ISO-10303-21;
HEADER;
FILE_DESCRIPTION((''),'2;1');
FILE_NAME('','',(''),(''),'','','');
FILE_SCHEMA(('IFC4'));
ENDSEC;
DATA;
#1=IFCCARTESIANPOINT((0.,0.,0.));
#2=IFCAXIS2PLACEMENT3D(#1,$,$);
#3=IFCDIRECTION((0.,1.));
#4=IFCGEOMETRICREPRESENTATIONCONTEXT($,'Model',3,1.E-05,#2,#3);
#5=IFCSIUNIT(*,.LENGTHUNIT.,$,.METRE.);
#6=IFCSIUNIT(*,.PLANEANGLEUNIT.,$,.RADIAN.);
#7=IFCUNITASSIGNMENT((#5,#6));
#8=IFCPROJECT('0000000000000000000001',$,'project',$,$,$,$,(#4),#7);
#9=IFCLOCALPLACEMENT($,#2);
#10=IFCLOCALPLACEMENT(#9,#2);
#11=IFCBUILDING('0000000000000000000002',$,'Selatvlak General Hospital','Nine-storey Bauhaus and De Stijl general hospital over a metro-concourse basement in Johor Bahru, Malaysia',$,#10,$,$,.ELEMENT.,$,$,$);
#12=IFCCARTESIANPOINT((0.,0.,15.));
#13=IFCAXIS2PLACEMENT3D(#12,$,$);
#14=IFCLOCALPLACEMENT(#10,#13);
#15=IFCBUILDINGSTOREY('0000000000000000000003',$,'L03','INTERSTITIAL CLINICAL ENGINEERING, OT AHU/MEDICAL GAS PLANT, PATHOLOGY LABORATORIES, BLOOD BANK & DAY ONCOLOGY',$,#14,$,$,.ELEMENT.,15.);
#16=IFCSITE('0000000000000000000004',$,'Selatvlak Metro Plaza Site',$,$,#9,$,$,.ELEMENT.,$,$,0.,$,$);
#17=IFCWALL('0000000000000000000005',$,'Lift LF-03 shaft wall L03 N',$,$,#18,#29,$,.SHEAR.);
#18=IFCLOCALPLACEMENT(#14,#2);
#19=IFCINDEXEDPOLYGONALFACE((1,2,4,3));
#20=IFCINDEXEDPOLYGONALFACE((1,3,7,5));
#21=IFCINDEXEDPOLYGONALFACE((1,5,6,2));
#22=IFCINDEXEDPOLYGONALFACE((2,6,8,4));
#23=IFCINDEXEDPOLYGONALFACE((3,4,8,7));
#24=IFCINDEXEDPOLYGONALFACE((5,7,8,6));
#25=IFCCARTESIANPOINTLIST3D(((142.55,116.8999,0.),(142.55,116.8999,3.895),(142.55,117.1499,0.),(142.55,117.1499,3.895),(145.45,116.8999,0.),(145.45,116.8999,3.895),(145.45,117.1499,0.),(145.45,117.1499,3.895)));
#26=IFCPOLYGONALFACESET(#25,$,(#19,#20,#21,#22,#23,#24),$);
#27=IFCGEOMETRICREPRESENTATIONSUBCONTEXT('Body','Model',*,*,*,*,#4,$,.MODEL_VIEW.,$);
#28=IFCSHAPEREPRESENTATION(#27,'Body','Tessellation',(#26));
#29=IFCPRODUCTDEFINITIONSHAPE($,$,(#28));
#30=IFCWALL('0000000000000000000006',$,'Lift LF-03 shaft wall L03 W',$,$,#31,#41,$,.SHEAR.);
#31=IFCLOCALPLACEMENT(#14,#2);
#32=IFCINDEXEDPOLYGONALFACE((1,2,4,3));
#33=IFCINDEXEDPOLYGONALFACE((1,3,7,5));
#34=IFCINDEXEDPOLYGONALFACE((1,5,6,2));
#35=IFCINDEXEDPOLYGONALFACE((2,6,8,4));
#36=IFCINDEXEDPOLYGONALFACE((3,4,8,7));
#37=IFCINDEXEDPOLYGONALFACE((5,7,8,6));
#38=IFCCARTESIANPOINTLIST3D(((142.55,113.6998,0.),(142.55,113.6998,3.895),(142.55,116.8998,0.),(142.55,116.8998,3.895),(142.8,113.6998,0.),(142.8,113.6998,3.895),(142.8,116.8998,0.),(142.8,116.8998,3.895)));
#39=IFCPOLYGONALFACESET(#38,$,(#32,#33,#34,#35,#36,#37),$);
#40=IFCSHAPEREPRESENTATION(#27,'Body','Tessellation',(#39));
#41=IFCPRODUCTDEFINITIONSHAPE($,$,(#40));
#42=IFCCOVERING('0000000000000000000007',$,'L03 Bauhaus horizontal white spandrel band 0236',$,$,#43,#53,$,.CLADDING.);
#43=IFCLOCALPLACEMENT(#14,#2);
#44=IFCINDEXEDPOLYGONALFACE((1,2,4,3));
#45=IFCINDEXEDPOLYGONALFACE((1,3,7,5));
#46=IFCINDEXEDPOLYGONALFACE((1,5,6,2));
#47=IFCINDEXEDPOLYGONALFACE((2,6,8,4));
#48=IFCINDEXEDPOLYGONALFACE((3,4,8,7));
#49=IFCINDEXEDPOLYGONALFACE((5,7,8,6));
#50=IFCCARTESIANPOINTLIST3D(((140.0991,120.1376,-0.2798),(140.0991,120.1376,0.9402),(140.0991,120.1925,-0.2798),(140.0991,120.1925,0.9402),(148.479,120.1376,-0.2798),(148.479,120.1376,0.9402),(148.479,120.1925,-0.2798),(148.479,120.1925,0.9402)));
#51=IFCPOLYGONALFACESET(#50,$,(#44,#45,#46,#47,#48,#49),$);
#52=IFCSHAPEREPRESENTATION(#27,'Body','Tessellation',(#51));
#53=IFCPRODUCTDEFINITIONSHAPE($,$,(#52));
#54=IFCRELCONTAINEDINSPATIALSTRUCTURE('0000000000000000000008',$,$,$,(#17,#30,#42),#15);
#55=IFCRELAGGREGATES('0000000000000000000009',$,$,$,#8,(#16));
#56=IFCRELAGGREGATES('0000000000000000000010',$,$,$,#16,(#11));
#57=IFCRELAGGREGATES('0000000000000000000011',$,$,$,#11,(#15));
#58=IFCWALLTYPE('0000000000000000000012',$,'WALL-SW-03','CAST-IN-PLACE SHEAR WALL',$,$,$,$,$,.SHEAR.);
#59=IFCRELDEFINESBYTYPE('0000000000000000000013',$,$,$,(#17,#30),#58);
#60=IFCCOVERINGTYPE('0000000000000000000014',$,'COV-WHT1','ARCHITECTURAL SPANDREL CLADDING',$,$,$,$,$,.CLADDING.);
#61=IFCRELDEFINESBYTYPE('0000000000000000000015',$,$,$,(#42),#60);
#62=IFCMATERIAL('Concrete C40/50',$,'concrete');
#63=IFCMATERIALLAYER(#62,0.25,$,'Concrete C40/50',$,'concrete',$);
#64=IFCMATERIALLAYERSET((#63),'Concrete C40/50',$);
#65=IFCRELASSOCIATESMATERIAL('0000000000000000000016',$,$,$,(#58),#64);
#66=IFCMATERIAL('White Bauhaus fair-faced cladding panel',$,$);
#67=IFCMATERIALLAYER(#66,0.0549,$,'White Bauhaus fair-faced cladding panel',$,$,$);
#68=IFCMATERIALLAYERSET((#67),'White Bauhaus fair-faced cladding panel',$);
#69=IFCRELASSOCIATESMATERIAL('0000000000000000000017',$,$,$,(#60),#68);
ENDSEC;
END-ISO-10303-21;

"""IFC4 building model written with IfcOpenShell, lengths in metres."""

from ifc_helpers import new_model, si_unit, direction, frame, frame_2d, origin, origin_2d, place, context, subcontext, project, spatial, rectangle, extrude, material, layer, layer_set, type_object, element, save


model = new_model("IFC4")

# Units and contexts
model_context = context("Model", 3, precision=1e-05, world=origin(), true_north=direction((0.0, 1.0)))
body_context = subcontext(model_context, "Body", "Model", "MODEL_VIEW")
ifc_project = project(units=[si_unit("LENGTHUNIT", "METRE"), si_unit("PLANEANGLEUNIT", "RADIAN")], contexts=[model_context])

# Site, building, storey
site_placement = place(None, origin())
site = spatial("IfcSite", under=ifc_project, at=site_placement, Name="Selatvlak Metro Plaza Site", CompositionType="ELEMENT", RefElevation=0.0)
building_placement = place(site_placement, origin())
building = spatial("IfcBuilding", under=site, at=building_placement, Name="Selatvlak General Hospital", Description="Nine-storey Bauhaus and De Stijl general hospital over a metro-concourse basement in Johor Bahru, Malaysia", CompositionType="ELEMENT")
storey_placement = place(building_placement, frame((0.0, 0.0, 15.0)))
storey = spatial("IfcBuildingStorey", under=building, at=storey_placement, Name="L03", Description="INTERSTITIAL CLINICAL ENGINEERING, OT AHU/MEDICAL GAS PLANT, PATHOLOGY LABORATORIES, BLOOD BANK & DAY ONCOLOGY", CompositionType="ELEMENT", Elevation=15.0)

# Shared definitions
ifc_material_1 = material(Name="Concrete C40/50", Category="concrete")

# Shared definitions
ifc_layer_1 = layer(ifc_material_1, 0.25, Name="Concrete C40/50", Category="concrete")
ifc_layer_set_1 = layer_set([ifc_layer_1], Name="Concrete C40/50")
wall_type_1 = type_object("IfcWallType", Name="WALL-SW-03", Description="CAST-IN-PLACE SHEAR WALL", PredefinedType="SHEAR", material=ifc_layer_set_1)

# Walls
wall_1_placement = place(storey_placement, frame((145.45, 117.0249, 0.0), z_axis=(0.0, 0.0, 1.0), x_axis=(-1.0, 0.0, 0.0)))
element("IfcWall", 1, at=wall_1_placement, inside=storey, type_object=wall_type_1, Name="Lift LF-03 shaft wall L03 N", PredefinedType="SHEAR", context=body_context, shape_type="SweptSolid", body=[
    extrude(rectangle(XDim=2.8999, YDim=0.25, at=frame_2d((1.45, 0.0))), origin(), (0.0, 0.0, 1.0), 3.895),
])
wall_2_placement = place(storey_placement, frame((142.675, 116.8999, 0.0), z_axis=(0.0, 0.0, 1.0), x_axis=(0.0, -1.0, 0.0)))
element("IfcWall", 2, at=wall_2_placement, inside=storey, type_object=wall_type_1, Name="Lift LF-03 shaft wall L03 W", PredefinedType="SHEAR", context=body_context, shape_type="SweptSolid", body=[
    extrude(rectangle(XDim=3.2, YDim=0.25, at=frame_2d((1.6001, 0.0))), origin(), (0.0, 0.0, 1.0), 3.895),
])

# Covering
ifc_material_2 = material(Name="White Bauhaus fair-faced cladding panel")
ifc_layer_2 = layer(ifc_material_2, 0.0549, Name="White Bauhaus fair-faced cladding panel")
ifc_layer_set_2 = layer_set([ifc_layer_2], Name="White Bauhaus fair-faced cladding panel")
covering_type = type_object("IfcCoveringType", Name="COV-WHT1", Description="ARCHITECTURAL SPANDREL CLADDING", PredefinedType="CLADDING", material=ifc_layer_set_2)
covering_placement = place(storey_placement, frame((144.2891, 120.165, -0.2798), z_axis=(0.0, 0.0, 1.0), x_axis=(1.0, 0.0, 0.0)))
element("IfcCovering", 3, at=covering_placement, inside=storey, type_object=covering_type, Name="L03 Bauhaus horizontal white spandrel band 0236", PredefinedType="CLADDING", context=body_context, shape_type="SweptSolid", body=[
    extrude(rectangle(XDim=8.3799, YDim=0.0549, at=origin_2d()), origin(), (0.0, 0.0, 1.0), 1.22),
])

save(model, "model.ifc")
